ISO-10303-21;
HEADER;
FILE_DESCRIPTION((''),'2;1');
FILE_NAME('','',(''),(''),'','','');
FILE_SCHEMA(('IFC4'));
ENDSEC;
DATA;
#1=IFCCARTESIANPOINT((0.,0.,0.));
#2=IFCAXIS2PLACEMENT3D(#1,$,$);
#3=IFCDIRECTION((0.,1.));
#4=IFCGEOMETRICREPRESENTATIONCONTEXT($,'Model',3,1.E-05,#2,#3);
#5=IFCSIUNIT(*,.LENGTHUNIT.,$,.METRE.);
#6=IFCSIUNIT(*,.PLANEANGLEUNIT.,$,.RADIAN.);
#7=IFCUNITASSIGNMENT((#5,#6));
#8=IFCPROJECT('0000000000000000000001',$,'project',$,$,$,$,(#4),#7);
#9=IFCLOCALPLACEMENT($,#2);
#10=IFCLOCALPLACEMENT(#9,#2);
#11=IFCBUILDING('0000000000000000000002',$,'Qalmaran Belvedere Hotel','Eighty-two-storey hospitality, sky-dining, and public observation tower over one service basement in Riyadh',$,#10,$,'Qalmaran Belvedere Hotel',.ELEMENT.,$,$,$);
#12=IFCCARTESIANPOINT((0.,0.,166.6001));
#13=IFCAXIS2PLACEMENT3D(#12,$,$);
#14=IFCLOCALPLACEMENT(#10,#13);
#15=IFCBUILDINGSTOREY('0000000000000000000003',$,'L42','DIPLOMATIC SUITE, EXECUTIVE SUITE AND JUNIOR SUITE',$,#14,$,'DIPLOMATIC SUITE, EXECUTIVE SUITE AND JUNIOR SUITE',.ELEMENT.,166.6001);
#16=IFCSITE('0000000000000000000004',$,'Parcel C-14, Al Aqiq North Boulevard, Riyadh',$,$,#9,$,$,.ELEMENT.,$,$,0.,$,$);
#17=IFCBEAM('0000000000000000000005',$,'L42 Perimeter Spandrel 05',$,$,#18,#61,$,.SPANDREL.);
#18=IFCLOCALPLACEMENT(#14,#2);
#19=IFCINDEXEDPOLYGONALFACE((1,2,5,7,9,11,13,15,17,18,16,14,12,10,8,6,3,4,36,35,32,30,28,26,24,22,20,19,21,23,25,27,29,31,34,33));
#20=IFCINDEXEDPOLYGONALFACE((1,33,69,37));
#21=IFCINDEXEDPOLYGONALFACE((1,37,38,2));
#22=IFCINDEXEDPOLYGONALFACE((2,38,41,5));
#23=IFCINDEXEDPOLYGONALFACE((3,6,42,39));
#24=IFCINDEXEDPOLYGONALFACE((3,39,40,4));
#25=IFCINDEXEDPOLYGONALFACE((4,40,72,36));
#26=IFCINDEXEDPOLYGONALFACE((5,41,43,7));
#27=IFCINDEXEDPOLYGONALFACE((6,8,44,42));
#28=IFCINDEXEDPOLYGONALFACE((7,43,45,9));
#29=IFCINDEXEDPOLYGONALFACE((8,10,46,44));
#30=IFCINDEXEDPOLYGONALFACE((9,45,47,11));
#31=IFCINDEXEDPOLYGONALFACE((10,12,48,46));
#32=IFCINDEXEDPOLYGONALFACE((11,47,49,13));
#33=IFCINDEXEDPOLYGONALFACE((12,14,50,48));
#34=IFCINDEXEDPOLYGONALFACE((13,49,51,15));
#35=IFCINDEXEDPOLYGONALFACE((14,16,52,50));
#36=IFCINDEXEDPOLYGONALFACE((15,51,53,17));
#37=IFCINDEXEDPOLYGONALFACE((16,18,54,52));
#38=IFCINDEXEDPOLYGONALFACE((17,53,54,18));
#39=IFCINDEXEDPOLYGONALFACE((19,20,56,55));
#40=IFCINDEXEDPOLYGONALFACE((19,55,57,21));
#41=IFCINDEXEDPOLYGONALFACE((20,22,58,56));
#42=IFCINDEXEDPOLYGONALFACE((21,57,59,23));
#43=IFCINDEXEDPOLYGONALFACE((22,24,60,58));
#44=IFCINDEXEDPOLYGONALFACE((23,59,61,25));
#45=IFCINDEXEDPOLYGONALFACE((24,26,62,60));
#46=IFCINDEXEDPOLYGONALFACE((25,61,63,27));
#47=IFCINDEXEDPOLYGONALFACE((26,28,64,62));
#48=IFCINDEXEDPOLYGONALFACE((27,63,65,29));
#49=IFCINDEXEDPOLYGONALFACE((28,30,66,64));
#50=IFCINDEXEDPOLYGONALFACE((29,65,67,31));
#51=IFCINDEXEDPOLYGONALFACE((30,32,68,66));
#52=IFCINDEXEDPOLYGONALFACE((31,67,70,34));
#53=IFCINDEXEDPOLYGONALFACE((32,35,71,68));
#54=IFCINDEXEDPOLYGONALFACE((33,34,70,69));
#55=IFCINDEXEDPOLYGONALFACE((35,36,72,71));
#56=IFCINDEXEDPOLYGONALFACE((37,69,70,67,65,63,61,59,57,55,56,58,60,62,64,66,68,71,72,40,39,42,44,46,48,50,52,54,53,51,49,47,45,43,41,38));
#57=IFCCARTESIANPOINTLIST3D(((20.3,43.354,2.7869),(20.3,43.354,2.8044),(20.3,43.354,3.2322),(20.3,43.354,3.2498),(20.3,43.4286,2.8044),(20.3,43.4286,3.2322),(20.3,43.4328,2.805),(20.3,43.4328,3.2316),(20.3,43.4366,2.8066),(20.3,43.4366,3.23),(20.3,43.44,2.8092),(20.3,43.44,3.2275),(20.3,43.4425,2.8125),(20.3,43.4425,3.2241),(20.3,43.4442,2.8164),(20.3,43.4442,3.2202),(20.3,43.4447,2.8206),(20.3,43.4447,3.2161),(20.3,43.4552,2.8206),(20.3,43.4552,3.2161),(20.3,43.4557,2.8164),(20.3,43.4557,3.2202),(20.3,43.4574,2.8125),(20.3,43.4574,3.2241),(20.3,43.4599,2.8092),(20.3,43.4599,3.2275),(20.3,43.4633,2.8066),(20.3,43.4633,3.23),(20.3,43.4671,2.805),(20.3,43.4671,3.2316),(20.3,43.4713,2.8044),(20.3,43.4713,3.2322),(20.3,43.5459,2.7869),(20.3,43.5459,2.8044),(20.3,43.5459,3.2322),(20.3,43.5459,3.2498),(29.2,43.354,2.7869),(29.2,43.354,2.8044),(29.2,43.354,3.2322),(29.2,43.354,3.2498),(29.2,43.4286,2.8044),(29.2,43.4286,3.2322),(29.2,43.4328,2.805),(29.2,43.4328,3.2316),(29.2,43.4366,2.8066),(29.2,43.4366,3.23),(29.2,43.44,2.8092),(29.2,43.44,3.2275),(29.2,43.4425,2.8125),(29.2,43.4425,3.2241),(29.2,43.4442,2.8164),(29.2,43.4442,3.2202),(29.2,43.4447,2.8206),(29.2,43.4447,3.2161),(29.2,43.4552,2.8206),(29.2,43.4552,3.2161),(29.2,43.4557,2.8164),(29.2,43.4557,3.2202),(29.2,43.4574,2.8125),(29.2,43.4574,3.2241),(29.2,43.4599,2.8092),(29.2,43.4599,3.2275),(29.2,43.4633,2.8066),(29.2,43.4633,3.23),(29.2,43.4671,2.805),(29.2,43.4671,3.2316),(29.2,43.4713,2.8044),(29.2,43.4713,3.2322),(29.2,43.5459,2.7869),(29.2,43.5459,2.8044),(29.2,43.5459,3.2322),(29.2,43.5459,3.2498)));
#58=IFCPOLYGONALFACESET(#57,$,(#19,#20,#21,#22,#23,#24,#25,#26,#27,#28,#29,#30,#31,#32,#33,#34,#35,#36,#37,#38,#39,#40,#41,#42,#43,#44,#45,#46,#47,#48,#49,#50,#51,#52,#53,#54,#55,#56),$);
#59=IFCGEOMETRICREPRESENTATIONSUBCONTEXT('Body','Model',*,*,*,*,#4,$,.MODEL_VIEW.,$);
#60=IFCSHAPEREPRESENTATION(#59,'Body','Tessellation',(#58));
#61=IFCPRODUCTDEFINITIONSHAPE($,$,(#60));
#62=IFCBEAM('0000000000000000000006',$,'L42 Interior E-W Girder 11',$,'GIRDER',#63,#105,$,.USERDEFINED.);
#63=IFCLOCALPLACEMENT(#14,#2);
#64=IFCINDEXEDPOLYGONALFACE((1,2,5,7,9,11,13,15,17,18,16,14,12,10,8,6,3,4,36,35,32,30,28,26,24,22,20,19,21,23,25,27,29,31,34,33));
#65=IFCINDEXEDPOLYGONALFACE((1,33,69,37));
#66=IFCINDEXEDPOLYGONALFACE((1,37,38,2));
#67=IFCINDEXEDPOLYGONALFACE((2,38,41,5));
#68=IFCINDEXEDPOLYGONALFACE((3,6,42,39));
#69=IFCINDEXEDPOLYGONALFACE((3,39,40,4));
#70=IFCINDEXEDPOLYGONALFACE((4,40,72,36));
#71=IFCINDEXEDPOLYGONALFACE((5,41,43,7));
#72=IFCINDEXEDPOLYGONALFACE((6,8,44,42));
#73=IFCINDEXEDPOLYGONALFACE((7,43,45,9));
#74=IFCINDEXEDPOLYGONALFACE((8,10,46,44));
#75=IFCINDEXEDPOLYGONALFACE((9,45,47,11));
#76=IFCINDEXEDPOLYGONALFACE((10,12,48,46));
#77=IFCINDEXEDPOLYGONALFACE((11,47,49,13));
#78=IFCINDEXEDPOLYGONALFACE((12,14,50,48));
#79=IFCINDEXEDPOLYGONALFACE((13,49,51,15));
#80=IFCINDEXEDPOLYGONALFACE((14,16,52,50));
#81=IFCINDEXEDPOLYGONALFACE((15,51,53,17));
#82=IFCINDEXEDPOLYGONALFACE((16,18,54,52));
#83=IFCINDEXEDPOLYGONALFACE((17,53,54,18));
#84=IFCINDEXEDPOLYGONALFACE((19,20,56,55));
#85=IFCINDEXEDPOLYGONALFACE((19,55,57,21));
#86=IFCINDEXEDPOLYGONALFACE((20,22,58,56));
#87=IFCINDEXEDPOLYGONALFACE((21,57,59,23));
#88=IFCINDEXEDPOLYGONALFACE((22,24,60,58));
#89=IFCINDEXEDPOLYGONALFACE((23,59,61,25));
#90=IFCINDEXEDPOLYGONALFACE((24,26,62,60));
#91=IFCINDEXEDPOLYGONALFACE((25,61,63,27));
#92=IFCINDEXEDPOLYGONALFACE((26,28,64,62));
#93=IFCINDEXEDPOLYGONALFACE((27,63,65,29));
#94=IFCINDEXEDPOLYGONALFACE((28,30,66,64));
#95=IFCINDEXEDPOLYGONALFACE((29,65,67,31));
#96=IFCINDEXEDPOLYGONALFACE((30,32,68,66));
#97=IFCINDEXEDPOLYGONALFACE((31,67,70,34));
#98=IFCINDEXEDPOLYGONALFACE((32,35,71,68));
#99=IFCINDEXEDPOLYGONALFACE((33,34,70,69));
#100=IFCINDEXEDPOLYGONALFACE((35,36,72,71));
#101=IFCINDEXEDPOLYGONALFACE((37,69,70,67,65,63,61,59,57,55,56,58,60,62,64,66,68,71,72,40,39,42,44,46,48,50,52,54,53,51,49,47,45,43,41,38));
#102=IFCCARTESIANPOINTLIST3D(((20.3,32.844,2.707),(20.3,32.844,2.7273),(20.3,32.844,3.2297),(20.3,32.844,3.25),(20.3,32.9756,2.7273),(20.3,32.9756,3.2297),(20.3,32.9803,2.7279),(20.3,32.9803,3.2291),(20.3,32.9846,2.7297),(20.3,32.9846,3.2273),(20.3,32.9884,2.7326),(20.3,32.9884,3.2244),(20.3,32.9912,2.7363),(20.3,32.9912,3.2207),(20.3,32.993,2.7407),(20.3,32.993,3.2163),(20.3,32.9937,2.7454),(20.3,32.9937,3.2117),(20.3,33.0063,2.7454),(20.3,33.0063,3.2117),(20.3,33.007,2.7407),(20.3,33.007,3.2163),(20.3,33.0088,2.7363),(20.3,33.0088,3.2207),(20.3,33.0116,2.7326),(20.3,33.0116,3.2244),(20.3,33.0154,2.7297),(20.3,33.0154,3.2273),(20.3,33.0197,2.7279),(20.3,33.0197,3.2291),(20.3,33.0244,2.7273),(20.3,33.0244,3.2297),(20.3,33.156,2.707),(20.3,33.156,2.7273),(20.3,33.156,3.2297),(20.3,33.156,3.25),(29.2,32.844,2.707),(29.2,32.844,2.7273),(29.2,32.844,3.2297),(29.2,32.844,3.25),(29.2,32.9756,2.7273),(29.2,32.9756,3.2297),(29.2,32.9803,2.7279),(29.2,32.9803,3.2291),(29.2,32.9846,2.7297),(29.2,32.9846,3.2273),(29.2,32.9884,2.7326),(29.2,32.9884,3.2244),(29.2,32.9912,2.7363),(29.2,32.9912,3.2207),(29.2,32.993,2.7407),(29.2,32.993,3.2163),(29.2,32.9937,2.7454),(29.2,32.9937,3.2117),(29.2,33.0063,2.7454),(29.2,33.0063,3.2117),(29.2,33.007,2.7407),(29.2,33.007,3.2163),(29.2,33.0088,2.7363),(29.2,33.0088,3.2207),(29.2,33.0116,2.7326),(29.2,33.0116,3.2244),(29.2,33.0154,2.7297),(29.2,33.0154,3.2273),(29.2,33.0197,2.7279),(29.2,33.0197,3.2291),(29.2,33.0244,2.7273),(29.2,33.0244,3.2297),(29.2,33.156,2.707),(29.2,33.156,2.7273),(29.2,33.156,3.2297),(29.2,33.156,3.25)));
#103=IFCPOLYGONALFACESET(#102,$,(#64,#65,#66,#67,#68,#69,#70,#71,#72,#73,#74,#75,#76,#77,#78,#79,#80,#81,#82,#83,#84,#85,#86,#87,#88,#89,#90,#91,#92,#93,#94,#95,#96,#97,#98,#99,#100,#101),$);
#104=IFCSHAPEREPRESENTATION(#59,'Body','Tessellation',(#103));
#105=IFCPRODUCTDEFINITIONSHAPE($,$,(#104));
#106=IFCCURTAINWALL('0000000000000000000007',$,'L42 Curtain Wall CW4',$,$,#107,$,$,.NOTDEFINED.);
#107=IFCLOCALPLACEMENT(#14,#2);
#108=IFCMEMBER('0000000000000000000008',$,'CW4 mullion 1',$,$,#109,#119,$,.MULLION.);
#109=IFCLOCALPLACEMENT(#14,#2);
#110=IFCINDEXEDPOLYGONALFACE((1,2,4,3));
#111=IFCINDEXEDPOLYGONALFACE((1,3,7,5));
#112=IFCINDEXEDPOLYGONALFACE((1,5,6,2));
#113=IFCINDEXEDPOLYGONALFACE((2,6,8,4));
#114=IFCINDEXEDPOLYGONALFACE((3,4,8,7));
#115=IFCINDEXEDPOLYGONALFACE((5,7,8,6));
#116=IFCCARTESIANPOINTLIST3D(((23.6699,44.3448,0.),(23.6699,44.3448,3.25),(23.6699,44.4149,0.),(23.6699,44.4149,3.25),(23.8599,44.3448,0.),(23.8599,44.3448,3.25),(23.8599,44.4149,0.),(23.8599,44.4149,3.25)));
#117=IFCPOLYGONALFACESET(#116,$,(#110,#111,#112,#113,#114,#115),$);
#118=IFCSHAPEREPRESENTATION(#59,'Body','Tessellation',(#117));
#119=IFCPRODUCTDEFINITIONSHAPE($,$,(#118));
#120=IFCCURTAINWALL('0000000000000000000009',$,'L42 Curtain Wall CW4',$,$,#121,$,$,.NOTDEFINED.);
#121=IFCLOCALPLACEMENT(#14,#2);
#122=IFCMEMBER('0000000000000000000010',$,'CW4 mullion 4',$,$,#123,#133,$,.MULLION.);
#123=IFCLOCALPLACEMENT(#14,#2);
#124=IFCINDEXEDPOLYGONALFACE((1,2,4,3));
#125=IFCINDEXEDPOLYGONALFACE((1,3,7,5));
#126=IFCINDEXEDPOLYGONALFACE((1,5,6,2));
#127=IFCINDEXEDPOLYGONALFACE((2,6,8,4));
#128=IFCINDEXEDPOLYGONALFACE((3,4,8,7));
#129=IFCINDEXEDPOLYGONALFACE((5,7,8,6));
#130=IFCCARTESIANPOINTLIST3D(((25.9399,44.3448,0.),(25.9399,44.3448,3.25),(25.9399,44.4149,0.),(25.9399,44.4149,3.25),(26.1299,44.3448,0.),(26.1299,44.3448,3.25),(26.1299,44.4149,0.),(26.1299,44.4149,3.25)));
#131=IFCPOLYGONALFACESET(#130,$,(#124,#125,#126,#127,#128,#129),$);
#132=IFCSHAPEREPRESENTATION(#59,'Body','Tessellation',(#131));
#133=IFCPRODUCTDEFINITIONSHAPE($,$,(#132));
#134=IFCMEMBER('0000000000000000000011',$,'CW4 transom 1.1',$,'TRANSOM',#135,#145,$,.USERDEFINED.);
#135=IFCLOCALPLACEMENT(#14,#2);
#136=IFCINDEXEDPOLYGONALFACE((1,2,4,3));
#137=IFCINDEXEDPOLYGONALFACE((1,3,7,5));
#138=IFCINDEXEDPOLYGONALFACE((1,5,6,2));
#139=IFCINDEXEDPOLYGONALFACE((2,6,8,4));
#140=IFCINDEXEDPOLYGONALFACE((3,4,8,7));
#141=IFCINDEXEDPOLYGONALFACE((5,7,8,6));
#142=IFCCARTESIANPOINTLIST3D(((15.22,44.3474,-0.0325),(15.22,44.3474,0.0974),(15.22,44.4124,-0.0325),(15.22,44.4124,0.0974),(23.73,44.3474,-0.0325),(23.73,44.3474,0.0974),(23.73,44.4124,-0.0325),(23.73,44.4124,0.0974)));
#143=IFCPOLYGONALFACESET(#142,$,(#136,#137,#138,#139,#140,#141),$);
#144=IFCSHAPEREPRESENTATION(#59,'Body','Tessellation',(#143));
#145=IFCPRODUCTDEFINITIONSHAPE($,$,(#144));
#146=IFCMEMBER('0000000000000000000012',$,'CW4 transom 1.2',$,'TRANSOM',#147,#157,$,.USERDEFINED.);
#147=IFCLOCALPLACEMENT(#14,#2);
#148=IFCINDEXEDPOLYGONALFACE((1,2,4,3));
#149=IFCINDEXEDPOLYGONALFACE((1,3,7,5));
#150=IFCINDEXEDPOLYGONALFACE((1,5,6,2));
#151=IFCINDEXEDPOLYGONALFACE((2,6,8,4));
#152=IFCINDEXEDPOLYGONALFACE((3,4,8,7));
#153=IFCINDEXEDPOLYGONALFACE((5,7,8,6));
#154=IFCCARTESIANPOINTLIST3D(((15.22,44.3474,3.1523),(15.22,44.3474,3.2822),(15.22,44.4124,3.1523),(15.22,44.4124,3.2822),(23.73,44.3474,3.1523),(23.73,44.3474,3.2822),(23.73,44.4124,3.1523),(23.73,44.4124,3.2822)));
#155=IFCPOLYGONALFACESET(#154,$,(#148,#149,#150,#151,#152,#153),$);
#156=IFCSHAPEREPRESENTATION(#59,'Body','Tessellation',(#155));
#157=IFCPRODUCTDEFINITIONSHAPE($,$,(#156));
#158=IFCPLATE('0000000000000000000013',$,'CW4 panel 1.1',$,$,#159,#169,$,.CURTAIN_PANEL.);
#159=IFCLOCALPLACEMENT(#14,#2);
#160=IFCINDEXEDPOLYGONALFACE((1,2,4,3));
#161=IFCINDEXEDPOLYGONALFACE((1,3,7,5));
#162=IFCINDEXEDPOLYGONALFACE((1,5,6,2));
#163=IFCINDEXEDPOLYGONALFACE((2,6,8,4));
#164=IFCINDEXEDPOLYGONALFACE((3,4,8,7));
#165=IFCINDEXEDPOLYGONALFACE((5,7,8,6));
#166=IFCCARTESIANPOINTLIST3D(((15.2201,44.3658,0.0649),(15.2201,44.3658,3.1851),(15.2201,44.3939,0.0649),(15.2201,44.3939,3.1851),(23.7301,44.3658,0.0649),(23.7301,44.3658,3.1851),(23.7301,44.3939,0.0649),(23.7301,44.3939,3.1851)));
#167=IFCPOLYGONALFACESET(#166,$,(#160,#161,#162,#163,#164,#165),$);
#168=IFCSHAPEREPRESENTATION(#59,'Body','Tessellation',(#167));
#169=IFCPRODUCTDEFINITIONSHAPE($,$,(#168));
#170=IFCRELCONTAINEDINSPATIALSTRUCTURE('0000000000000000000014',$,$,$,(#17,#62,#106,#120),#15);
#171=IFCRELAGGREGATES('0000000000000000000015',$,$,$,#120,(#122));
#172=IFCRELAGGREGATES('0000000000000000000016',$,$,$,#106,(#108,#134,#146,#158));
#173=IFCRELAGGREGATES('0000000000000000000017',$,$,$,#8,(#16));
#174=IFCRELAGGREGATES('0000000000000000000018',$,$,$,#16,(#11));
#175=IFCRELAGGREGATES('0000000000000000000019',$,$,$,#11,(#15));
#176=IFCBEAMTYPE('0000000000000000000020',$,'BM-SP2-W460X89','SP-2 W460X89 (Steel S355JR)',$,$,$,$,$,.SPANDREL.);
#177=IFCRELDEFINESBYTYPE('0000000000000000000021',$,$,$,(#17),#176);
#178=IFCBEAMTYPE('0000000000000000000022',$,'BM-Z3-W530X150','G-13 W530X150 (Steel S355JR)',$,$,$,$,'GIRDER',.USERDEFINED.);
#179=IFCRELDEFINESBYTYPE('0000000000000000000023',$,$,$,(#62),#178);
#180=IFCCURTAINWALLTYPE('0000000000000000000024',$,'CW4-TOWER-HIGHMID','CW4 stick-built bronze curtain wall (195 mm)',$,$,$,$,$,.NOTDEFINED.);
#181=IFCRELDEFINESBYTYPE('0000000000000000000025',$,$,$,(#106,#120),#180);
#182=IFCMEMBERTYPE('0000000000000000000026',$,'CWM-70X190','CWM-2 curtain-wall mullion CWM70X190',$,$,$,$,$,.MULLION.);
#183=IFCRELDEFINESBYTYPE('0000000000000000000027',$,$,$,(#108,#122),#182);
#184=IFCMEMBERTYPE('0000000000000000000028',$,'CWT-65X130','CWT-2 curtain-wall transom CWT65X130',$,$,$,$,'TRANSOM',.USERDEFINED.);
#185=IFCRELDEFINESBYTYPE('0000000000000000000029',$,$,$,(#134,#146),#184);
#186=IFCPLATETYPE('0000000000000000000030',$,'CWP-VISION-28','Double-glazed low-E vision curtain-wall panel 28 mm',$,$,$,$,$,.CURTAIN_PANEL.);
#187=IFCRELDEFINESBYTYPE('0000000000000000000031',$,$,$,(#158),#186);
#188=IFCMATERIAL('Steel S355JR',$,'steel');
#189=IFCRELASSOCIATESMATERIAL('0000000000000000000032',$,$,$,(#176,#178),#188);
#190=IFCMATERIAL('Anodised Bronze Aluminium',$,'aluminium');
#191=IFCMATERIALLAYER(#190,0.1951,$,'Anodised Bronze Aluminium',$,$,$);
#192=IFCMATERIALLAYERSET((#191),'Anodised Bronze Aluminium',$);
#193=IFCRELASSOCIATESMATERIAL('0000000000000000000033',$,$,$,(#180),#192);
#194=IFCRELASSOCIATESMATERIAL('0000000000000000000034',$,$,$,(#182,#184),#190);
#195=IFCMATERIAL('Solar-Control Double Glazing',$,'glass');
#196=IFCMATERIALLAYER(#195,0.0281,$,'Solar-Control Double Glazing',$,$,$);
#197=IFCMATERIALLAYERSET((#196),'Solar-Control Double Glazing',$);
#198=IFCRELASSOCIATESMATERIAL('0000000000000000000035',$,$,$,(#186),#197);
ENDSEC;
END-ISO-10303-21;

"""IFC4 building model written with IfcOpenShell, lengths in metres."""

from ifc_helpers import new_model, si_unit, direction, frame, origin, origin_2d, place, context, subcontext, project, spatial, rectangle, i_section, extrude, material, layer, layer_set, material_profile, profile_set, type_object, element, aggregate, save


model = new_model("IFC4")

# Units and contexts
model_context = context("Model", 3, precision=1e-05, world=origin(), true_north=direction((0.0, 1.0)))
body_context = subcontext(model_context, "Body", "Model", "MODEL_VIEW")
ifc_project = project(units=[si_unit("LENGTHUNIT", "METRE"), si_unit("PLANEANGLEUNIT", "RADIAN")], contexts=[model_context])

# Site, building, storey
site_placement = place(None, origin())
site = spatial("IfcSite", under=ifc_project, at=site_placement, Name="Parcel C-14, Al Aqiq North Boulevard, Riyadh", CompositionType="ELEMENT", RefElevation=0.0)
building_placement = place(site_placement, origin())
building = spatial("IfcBuilding", under=site, at=building_placement, Name="Qalmaran Belvedere Hotel", Description="Eighty-two-storey hospitality, sky-dining, and public observation tower over one service basement in Riyadh", LongName="Qalmaran Belvedere Hotel", CompositionType="ELEMENT")
storey_placement = place(building_placement, frame((0.0, 0.0, 166.6001)))
storey = spatial("IfcBuildingStorey", under=building, at=storey_placement, Name="L42", Description="DIPLOMATIC SUITE, EXECUTIVE SUITE AND JUNIOR SUITE", LongName="DIPLOMATIC SUITE, EXECUTIVE SUITE AND JUNIOR SUITE", CompositionType="ELEMENT", Elevation=166.6001)

# Beams
ifc_material_1 = material(Name="Steel S355JR", Category="steel")
ifc_material_profile_1 = material_profile(ifc_material_1, i_section(OverallWidth=0.1919, OverallDepth=0.4629, WebThickness=0.0105, FlangeThickness=0.0176, FilletRadius=0.0161, at=origin_2d()), Name="W460X89")
ifc_profile_set_1 = profile_set([ifc_material_profile_1], Name="Steel S355JR")
beam_type_1 = type_object("IfcBeamType", Name="BM-SP2-W460X89", Description="SP-2 W460X89 (Steel S355JR)", PredefinedType="SPANDREL", material=ifc_profile_set_1)
beam_1_placement = place(storey_placement, frame((20.3, 43.45, 3.0183), z_axis=(1.0, 0.0, 0.0), x_axis=(0.0, 1.0, 0.0)))
element("IfcBeam", 1, at=beam_1_placement, inside=storey, type_object=beam_type_1, Name="L42 Perimeter Spandrel 05", PredefinedType="SPANDREL", context=body_context, shape_type="SweptSolid", body=[
    extrude(i_section(OverallWidth=0.1919, OverallDepth=0.4629, WebThickness=0.0105, FlangeThickness=0.0176, FilletRadius=0.0161, at=origin_2d()), origin(), (0.0, 0.0, 1.0), 8.8999),
])
ifc_material_profile_2 = material_profile(ifc_material_1, i_section(OverallWidth=0.312, OverallDepth=0.543, WebThickness=0.0127, FlangeThickness=0.0203, FilletRadius=0.0181, at=origin_2d()), Name="W530X150")
ifc_profile_set_2 = profile_set([ifc_material_profile_2], Name="Steel S355JR")
beam_type_2 = type_object("IfcBeamType", Name="BM-Z3-W530X150", Description="G-13 W530X150 (Steel S355JR)", ElementType="GIRDER", PredefinedType="USERDEFINED", material=ifc_profile_set_2)
beam_2_placement = place(storey_placement, frame((20.3, 33.0, 2.9785), z_axis=(1.0, 0.0, 0.0), x_axis=(0.0, 1.0, 0.0)))
element("IfcBeam", 2, at=beam_2_placement, inside=storey, type_object=beam_type_2, Name="L42 Interior E-W Girder 11", ObjectType="GIRDER", PredefinedType="USERDEFINED", context=body_context, shape_type="SweptSolid", body=[
    extrude(i_section(OverallWidth=0.312, OverallDepth=0.543, WebThickness=0.0127, FlangeThickness=0.0203, FilletRadius=0.0181, at=origin_2d()), origin(), (0.0, 0.0, 1.0), 8.8999),
])

# Curtain walls, members
ifc_material_2 = material(Name="Anodised Bronze Aluminium", Category="aluminium")
ifc_layer_1 = layer(ifc_material_2, 0.1951, Name="Anodised Bronze Aluminium")
ifc_layer_set_1 = layer_set([ifc_layer_1], Name="Anodised Bronze Aluminium")
curtain_wall_type = type_object("IfcCurtainWallType", Name="CW4-TOWER-HIGHMID", Description="CW4 stick-built bronze curtain wall (195 mm)", PredefinedType="NOTDEFINED", material=ifc_layer_set_1)
curtain_wall_1_placement = place(storey_placement, origin())
curtain_wall_1 = element("IfcCurtainWall", 3, at=curtain_wall_1_placement, inside=storey, type_object=curtain_wall_type, Name="L42 Curtain Wall CW4", PredefinedType="NOTDEFINED")
ifc_material_profile_3 = material_profile(ifc_material_2, rectangle(XDim=0.0701, YDim=0.1899, at=origin_2d()), Name="CWM70X190")
ifc_profile_set_3 = profile_set([ifc_material_profile_3], Name="Anodised Bronze Aluminium")
member_type_1 = type_object("IfcMemberType", Name="CWM-70X190", Description="CWM-2 curtain-wall mullion CWM70X190", PredefinedType="MULLION", material=ifc_profile_set_3)
member_1_placement = place(storey_placement, frame((23.7649, 44.3799, 0.0), z_axis=(0.0, 0.0, 1.0), x_axis=(0.0, -1.0, 0.0)))
member_1 = element("IfcMember", 4, at=member_1_placement, type_object=member_type_1, Name="CW4 mullion 1", PredefinedType="MULLION", context=body_context, shape_type="SweptSolid", body=[
    extrude(rectangle(XDim=0.0701, YDim=0.1899, at=origin_2d()), origin(), (0.0, 0.0, 1.0), 3.25),
])
curtain_wall_2_placement = place(storey_placement, origin())
curtain_wall_2 = element("IfcCurtainWall", 5, at=curtain_wall_2_placement, inside=storey, type_object=curtain_wall_type, Name="L42 Curtain Wall CW4", PredefinedType="NOTDEFINED")
member_2_placement = place(storey_placement, frame((26.0349, 44.3799, 0.0), z_axis=(0.0, 0.0, 1.0), x_axis=(0.0, -1.0, 0.0)))
member_2 = element("IfcMember", 6, at=member_2_placement, type_object=member_type_1, Name="CW4 mullion 4", PredefinedType="MULLION", context=body_context, shape_type="SweptSolid", body=[
    extrude(rectangle(XDim=0.0701, YDim=0.1899, at=origin_2d()), origin(), (0.0, 0.0, 1.0), 3.25),
])
aggregate(curtain_wall_2, [member_2])

# Members
ifc_material_profile_4 = material_profile(ifc_material_2, rectangle(XDim=0.0649, YDim=0.1299, at=origin_2d()), Name="CWT65X130")
ifc_profile_set_4 = profile_set([ifc_material_profile_4], Name="Anodised Bronze Aluminium")
member_type_2 = type_object("IfcMemberType", Name="CWT-65X130", Description="CWT-2 curtain-wall transom CWT65X130", ElementType="TRANSOM", PredefinedType="USERDEFINED", material=ifc_profile_set_4)
member_3_placement = place(storey_placement, frame((23.73, 44.3799, 0.0325), z_axis=(-1.0, 0.0, 0.0), x_axis=(0.0, -1.0, 0.0)))
member_3 = element("IfcMember", 7, at=member_3_placement, type_object=member_type_2, Name="CW4 transom 1.1", ObjectType="TRANSOM", PredefinedType="USERDEFINED", context=body_context, shape_type="SweptSolid", body=[
    extrude(rectangle(XDim=0.0649, YDim=0.1299, at=origin_2d()), origin(), (0.0, 0.0, 1.0), 8.51),
])
member_4_placement = place(storey_placement, frame((23.73, 44.3799, 3.2173), z_axis=(-1.0, 0.0, 0.0), x_axis=(0.0, -1.0, 0.0)))
member_4 = element("IfcMember", 8, at=member_4_placement, type_object=member_type_2, Name="CW4 transom 1.2", ObjectType="TRANSOM", PredefinedType="USERDEFINED", context=body_context, shape_type="SweptSolid", body=[
    extrude(rectangle(XDim=0.0649, YDim=0.1299, at=origin_2d()), origin(), (0.0, 0.0, 1.0), 8.51),
])

# Plate
ifc_material_3 = material(Name="Solar-Control Double Glazing", Category="glass")
ifc_layer_2 = layer(ifc_material_3, 0.0281, Name="Solar-Control Double Glazing")
ifc_layer_set_2 = layer_set([ifc_layer_2], Name="Solar-Control Double Glazing")
plate_type = type_object("IfcPlateType", Name="CWP-VISION-28", Description="Double-glazed low-E vision curtain-wall panel 28 mm", PredefinedType="CURTAIN_PANEL", material=ifc_layer_set_2)
plate_placement = place(storey_placement, frame((19.4751, 44.3799, 0.0649), z_axis=(0.0, 0.0, 1.0), x_axis=(-1.0, 0.0, 0.0)))
plate = element("IfcPlate", 9, at=plate_placement, type_object=plate_type, Name="CW4 panel 1.1", PredefinedType="CURTAIN_PANEL", context=body_context, shape_type="SweptSolid", body=[
    extrude(rectangle(XDim=8.51, YDim=0.0281, at=origin_2d()), origin(), (0.0, 0.0, 1.0), 3.1201),
])
aggregate(curtain_wall_1, [member_1, member_3, member_4, plate])

save(model, "model.ifc")
